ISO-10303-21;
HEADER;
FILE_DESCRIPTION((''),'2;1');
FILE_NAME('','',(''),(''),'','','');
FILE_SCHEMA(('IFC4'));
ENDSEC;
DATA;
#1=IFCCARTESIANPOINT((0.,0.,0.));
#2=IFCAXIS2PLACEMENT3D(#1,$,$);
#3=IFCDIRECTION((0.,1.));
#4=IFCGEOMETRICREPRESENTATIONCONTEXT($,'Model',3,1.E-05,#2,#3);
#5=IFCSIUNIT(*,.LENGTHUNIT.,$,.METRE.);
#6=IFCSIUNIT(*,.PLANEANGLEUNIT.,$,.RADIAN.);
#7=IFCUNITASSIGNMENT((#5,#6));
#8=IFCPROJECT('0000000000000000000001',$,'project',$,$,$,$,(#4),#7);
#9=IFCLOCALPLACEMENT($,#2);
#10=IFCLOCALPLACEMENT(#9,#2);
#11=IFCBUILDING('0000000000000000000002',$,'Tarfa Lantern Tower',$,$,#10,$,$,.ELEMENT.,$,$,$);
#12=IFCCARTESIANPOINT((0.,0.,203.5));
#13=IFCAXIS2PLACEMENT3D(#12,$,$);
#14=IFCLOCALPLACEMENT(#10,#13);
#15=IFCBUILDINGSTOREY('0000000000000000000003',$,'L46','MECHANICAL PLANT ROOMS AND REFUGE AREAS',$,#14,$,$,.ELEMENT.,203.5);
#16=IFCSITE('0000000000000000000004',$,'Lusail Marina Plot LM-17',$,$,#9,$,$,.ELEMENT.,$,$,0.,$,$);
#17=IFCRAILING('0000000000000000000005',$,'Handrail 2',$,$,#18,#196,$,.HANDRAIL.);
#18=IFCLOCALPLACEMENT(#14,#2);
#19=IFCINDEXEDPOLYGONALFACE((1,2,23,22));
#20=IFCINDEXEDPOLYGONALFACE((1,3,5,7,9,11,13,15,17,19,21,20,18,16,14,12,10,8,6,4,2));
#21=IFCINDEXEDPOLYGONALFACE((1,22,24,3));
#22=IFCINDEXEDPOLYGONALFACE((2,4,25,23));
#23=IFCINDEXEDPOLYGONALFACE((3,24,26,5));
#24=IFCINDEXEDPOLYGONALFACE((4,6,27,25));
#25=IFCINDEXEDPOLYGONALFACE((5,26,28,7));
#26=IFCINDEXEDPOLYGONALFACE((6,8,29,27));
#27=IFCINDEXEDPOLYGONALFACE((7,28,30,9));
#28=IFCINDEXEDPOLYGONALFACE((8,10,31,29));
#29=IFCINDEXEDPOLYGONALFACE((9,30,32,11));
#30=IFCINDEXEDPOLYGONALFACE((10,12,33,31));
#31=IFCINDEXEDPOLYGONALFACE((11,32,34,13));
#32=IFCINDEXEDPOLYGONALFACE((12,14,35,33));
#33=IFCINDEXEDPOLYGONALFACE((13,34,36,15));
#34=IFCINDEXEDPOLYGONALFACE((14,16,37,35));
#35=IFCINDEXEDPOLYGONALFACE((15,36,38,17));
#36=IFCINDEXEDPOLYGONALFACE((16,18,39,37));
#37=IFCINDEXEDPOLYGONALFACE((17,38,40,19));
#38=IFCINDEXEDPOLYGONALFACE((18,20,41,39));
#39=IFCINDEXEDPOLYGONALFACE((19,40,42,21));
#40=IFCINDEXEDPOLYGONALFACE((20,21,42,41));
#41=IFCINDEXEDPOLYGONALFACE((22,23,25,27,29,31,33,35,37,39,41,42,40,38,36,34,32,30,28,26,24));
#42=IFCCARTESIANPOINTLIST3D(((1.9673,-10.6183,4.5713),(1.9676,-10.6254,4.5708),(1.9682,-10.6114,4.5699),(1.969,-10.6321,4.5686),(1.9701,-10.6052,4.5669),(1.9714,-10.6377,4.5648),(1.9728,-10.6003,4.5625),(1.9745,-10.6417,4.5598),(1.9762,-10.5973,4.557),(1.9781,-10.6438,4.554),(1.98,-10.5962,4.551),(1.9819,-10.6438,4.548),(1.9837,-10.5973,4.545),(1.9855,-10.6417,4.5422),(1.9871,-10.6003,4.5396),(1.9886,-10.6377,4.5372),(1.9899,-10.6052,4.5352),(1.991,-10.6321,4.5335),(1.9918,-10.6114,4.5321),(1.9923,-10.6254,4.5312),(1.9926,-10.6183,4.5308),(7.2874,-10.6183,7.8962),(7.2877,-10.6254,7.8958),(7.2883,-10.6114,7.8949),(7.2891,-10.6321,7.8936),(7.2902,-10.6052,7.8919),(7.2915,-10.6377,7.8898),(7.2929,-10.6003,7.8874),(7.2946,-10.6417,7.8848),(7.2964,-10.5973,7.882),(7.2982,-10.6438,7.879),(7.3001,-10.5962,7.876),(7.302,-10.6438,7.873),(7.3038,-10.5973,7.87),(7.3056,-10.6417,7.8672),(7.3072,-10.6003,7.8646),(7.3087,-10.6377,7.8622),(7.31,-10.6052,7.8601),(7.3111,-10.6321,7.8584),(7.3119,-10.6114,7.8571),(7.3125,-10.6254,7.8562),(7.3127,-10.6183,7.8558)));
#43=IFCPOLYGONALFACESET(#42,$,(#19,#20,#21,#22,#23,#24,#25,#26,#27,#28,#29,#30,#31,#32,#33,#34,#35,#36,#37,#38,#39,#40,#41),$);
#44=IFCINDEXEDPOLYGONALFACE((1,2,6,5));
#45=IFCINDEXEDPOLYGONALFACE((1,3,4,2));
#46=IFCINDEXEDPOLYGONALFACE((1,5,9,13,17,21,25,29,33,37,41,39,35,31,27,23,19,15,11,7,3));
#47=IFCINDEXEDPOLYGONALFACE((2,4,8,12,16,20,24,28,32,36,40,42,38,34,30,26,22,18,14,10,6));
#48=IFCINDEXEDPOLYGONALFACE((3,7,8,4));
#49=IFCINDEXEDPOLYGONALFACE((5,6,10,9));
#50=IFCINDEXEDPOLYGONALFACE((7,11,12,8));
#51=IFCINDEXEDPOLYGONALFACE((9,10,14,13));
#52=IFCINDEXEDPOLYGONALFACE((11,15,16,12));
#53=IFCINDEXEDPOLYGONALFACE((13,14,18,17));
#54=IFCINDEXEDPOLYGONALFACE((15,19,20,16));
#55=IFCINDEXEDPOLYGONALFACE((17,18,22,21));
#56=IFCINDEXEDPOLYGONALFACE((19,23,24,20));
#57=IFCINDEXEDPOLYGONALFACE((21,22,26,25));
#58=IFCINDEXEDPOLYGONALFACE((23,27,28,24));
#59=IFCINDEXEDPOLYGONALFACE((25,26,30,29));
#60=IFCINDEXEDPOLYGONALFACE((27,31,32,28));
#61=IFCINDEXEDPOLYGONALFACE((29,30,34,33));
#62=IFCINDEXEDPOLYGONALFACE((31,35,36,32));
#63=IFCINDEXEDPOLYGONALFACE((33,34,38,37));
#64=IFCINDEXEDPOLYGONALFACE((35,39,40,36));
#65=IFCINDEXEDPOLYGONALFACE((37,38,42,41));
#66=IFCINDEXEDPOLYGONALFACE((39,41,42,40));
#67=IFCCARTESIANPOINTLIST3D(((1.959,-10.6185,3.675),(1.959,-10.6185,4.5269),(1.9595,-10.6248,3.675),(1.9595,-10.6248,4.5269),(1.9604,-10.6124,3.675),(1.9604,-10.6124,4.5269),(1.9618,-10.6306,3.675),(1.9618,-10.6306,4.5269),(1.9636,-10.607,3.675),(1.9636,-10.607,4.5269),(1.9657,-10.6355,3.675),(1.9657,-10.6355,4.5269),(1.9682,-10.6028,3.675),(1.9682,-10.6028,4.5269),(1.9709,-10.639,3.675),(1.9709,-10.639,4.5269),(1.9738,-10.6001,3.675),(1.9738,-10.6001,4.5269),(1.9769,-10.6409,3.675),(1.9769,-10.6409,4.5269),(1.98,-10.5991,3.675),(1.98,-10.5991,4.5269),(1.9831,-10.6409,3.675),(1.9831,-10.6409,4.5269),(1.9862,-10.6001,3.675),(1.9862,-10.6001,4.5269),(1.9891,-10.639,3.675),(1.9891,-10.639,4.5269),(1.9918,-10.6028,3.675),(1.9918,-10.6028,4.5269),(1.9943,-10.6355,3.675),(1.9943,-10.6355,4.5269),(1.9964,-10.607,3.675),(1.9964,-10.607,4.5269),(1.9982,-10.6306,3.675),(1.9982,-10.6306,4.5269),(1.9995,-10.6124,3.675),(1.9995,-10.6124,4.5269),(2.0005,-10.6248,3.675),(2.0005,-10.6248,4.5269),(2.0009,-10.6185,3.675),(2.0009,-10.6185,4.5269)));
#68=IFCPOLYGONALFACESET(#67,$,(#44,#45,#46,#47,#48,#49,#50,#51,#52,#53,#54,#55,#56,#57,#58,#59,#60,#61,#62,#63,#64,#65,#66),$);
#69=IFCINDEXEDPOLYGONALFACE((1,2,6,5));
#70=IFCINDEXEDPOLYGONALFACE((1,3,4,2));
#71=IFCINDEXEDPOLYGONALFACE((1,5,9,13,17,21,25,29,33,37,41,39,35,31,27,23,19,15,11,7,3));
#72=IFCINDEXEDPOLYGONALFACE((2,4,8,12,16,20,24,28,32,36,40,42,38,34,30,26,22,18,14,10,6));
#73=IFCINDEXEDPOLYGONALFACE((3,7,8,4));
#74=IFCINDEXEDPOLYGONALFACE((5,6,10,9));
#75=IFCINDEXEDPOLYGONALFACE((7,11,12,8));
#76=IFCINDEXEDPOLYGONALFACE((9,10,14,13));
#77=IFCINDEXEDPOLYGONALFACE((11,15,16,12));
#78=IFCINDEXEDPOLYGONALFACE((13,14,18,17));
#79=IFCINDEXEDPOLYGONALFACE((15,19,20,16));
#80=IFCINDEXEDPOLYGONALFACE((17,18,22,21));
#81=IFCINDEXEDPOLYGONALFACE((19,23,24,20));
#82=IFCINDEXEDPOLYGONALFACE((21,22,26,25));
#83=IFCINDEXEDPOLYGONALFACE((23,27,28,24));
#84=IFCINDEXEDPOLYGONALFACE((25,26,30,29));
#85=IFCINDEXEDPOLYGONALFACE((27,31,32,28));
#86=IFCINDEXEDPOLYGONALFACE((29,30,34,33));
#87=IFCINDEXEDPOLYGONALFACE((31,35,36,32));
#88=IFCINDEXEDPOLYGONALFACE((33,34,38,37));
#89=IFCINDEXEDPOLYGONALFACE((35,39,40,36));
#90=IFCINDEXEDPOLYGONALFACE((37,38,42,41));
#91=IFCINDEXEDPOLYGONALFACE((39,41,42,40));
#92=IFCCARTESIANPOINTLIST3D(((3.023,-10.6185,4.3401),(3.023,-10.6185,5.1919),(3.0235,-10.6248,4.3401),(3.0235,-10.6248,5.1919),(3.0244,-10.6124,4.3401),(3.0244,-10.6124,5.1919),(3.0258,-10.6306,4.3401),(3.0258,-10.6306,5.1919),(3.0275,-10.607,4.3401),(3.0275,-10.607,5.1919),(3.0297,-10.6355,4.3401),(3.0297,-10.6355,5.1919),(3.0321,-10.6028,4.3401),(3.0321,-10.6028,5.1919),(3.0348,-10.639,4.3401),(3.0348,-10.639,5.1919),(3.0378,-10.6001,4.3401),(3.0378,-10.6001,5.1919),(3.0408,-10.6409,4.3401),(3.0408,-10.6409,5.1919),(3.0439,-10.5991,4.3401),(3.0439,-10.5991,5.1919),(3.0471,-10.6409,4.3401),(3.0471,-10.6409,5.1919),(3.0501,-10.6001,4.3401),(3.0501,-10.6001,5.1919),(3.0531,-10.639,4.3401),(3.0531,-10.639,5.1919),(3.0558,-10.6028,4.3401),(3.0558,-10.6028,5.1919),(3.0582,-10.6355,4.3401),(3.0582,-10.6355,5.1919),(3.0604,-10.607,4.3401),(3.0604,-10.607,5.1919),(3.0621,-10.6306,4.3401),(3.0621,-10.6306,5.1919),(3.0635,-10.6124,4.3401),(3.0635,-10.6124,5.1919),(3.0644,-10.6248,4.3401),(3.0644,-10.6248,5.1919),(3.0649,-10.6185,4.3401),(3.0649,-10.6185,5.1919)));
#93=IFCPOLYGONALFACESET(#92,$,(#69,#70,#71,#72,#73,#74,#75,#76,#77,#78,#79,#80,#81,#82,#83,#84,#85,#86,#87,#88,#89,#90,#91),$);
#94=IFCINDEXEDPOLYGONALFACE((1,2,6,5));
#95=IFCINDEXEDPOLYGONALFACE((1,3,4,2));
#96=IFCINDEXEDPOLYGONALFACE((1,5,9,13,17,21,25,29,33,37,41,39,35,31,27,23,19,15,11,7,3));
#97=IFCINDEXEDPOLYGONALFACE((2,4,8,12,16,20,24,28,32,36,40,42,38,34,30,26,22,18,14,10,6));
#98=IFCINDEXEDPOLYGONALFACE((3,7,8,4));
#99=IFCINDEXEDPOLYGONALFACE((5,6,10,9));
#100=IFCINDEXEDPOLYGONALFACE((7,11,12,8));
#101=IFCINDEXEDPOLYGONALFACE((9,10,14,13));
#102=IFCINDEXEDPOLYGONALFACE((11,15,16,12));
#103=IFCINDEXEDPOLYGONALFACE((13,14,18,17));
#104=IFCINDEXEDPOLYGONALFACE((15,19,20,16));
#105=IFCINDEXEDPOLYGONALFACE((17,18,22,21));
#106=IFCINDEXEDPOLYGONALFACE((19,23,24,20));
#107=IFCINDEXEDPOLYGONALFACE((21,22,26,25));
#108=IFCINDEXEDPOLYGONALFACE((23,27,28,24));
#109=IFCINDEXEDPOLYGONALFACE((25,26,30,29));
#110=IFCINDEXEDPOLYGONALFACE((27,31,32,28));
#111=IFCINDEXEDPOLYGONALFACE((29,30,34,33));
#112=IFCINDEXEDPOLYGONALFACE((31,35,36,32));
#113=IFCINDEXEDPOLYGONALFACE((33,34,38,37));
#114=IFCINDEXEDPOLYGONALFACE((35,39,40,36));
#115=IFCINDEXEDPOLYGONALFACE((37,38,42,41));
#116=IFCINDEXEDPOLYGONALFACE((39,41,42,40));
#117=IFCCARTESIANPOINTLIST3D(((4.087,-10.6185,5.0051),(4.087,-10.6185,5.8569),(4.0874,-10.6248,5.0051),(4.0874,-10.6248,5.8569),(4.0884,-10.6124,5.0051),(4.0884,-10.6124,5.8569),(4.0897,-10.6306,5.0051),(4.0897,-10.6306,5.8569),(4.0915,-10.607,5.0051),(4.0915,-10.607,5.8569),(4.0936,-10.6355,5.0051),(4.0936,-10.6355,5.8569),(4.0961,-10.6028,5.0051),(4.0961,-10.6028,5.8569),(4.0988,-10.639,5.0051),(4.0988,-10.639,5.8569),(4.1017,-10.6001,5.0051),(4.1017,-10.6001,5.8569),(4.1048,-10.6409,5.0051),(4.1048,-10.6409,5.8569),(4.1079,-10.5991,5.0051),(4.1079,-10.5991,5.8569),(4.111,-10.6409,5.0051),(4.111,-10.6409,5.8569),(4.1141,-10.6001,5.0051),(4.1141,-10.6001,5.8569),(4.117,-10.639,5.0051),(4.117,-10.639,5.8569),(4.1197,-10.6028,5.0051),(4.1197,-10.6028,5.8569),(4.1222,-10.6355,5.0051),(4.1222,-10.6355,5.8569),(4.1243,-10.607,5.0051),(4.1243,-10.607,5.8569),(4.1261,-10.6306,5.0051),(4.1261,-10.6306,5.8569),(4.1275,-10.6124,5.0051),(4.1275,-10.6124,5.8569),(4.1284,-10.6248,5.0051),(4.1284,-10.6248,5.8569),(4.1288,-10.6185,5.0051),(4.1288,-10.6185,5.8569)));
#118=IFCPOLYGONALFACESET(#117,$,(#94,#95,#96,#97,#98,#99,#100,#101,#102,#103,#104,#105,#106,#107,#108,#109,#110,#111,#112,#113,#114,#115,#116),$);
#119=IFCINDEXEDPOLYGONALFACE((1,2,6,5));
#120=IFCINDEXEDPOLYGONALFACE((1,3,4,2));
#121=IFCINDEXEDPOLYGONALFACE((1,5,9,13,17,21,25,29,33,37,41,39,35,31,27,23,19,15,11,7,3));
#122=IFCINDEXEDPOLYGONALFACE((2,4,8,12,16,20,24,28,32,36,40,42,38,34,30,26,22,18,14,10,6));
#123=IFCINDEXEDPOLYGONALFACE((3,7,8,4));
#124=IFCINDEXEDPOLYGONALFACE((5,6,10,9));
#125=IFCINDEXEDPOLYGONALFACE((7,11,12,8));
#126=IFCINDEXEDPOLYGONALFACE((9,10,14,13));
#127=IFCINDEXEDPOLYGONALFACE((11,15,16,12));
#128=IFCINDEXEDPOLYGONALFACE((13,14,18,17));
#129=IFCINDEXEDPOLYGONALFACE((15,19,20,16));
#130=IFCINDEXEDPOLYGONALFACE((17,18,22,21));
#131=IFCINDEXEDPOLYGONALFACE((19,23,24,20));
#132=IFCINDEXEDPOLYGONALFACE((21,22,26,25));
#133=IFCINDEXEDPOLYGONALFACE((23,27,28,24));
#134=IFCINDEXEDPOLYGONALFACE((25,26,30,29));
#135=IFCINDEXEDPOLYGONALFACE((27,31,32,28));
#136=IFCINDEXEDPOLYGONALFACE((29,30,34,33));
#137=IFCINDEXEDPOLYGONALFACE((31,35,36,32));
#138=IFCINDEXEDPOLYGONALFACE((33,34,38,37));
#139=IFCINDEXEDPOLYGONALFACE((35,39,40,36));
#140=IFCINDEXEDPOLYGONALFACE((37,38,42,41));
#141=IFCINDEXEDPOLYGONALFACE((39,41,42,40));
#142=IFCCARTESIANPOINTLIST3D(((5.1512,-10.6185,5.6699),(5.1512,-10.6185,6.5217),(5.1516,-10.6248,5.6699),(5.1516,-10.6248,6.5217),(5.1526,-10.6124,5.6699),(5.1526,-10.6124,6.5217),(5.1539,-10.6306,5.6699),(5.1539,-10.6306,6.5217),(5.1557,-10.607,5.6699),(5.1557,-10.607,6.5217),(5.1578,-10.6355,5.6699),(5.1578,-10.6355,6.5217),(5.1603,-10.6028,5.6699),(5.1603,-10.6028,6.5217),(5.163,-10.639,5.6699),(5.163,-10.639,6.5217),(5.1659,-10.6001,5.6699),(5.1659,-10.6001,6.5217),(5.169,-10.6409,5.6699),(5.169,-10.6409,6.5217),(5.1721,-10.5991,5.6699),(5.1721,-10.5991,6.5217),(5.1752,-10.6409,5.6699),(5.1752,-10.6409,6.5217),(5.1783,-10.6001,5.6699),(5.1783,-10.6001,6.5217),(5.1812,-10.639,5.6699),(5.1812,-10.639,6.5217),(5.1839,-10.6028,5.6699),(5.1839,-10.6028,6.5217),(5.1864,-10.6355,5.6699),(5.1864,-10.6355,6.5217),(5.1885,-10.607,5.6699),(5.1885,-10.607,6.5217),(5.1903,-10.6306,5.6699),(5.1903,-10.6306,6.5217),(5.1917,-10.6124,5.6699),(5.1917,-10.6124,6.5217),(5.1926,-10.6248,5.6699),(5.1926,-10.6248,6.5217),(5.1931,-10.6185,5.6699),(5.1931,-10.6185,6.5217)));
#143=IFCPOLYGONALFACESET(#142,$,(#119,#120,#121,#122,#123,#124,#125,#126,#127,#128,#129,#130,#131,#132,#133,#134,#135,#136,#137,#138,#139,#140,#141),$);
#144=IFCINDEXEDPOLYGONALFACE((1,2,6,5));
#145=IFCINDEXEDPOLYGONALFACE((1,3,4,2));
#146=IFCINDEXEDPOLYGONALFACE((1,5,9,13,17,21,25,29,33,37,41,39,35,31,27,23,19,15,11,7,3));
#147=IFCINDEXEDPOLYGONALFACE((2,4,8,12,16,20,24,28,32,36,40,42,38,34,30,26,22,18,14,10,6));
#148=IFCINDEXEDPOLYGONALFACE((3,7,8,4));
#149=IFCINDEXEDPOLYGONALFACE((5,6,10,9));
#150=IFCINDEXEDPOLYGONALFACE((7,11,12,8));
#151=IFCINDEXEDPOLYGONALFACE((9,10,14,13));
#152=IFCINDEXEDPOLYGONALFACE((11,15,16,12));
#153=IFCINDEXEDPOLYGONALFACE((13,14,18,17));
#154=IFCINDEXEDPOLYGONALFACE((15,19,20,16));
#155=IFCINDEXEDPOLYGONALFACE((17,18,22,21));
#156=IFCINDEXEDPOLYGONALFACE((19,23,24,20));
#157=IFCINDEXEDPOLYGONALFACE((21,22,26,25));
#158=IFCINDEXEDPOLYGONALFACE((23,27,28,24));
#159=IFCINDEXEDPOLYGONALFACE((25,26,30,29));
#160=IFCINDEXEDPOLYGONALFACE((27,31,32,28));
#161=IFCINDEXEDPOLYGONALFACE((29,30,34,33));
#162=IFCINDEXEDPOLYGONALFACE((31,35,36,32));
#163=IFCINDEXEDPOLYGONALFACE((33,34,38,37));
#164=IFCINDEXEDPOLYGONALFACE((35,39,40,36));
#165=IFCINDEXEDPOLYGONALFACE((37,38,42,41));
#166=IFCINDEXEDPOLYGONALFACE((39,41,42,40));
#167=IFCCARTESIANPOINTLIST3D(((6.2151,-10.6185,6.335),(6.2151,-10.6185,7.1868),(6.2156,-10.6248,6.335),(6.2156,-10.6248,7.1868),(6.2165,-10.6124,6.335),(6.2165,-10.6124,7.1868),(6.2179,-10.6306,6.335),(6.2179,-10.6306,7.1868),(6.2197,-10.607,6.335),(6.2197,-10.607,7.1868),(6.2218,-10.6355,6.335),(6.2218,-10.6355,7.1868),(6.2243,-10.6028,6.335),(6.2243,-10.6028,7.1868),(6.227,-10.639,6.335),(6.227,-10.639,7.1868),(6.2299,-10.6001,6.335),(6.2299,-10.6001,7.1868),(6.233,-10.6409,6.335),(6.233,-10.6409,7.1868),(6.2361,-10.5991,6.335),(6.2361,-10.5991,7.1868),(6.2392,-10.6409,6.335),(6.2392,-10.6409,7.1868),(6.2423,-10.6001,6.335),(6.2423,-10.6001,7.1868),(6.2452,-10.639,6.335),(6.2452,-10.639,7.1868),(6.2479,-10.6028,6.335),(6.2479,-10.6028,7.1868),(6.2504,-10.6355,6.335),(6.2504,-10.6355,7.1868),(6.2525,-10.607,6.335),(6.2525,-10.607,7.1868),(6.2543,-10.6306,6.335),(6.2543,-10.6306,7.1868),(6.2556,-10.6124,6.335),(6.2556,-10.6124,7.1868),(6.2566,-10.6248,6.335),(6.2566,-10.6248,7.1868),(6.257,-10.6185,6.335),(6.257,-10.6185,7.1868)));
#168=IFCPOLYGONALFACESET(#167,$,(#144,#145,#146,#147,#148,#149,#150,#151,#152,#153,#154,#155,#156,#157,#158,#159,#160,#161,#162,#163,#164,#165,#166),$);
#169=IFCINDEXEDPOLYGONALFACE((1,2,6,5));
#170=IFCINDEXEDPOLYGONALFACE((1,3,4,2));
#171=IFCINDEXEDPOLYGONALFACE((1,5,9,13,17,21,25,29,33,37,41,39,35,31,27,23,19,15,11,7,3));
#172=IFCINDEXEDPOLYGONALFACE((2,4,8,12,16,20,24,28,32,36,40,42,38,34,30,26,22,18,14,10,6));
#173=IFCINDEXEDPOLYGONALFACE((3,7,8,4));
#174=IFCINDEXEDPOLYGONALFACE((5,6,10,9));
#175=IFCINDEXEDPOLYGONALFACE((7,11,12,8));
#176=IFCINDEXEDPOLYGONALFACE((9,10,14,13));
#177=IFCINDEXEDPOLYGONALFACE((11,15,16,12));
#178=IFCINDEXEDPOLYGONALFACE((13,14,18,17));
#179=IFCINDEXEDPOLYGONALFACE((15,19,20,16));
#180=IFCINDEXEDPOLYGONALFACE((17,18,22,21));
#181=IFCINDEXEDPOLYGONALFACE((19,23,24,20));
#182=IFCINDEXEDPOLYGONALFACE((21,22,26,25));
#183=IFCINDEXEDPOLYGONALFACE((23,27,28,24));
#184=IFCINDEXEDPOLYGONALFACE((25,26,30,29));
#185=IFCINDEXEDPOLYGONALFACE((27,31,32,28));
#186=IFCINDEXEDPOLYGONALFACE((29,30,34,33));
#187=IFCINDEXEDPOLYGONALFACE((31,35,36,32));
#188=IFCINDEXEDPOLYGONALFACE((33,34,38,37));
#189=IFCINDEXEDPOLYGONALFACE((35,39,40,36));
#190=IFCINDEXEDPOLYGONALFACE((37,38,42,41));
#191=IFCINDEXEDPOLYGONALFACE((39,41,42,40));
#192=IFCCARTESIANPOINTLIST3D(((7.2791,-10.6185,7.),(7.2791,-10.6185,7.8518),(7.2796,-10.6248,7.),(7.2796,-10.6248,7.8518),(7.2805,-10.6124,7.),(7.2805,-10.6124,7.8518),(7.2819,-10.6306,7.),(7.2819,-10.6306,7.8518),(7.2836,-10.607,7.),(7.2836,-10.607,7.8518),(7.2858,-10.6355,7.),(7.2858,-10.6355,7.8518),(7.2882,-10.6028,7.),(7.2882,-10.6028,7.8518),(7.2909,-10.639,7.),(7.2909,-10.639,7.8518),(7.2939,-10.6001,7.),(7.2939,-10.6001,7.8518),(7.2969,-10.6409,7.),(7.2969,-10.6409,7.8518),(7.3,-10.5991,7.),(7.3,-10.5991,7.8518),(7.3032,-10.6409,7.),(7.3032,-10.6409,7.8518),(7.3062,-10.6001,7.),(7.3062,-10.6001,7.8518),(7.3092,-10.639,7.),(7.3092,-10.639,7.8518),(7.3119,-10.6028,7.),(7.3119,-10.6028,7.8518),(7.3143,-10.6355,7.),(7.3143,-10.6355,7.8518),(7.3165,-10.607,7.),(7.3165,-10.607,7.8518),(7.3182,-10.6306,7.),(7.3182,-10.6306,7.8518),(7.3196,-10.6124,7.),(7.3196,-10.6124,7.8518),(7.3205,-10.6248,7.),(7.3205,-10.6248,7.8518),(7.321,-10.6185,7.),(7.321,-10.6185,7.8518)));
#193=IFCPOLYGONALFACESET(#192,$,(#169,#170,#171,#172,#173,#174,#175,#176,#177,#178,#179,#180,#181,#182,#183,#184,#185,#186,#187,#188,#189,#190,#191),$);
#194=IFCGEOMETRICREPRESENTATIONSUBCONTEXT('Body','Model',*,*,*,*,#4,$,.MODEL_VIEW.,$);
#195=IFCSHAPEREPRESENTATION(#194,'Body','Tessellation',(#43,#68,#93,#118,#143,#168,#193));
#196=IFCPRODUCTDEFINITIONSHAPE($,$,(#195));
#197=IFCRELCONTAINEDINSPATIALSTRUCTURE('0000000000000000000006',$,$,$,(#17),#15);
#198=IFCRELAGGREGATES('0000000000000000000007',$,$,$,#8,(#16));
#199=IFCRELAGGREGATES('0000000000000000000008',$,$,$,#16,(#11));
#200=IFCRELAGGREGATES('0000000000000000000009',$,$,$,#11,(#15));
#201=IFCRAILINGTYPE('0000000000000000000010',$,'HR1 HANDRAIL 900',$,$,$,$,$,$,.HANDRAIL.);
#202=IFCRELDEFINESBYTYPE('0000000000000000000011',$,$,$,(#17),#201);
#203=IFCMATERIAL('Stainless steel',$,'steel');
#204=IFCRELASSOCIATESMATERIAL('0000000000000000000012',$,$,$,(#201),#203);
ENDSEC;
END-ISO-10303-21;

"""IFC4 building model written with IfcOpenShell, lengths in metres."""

from ifc_helpers import new_model, si_unit, direction, frame, origin, origin_2d, place, context, subcontext, project, spatial, circle, extrude, material, type_object, element, save


model = new_model("IFC4")

# Units and contexts
model_context = context("Model", 3, precision=1e-05, world=origin(), true_north=direction((0.0, 1.0)))
body_context = subcontext(model_context, "Body", "Model", "MODEL_VIEW")
ifc_project = project(units=[si_unit("LENGTHUNIT", "METRE"), si_unit("PLANEANGLEUNIT", "RADIAN")], contexts=[model_context])

# Site, building, storey
site_placement = place(None, origin())
site = spatial("IfcSite", under=ifc_project, at=site_placement, Name="Lusail Marina Plot LM-17", CompositionType="ELEMENT", RefElevation=0.0)
building_placement = place(site_placement, origin())
building = spatial("IfcBuilding", under=site, at=building_placement, Name="Tarfa Lantern Tower", CompositionType="ELEMENT")
storey_placement = place(building_placement, frame((0.0, 0.0, 203.5)))
storey = spatial("IfcBuildingStorey", under=building, at=storey_placement, Name="L46", Description="MECHANICAL PLANT ROOMS AND REFUGE AREAS", CompositionType="ELEMENT", Elevation=203.5)

# Railing
ifc_material_1 = material(Name="Stainless steel", Category="steel")
railing_type = type_object("IfcRailingType", Name="HR1 HANDRAIL 900", PredefinedType="HANDRAIL", material=ifc_material_1)
railing_placement = place(storey_placement, frame((1.98, -10.6201, 3.675)))
element("IfcRailing", 1, at=railing_placement, inside=storey, type_object=railing_type, Name="Handrail 2", PredefinedType="HANDRAIL", context=body_context, shape_type="SweptSolid", body=[
    extrude(circle(Radius=0.0239, at=origin_2d()), frame((0.0, 0.0, 0.876), z_axis=(0.848005, 0.0, 0.529988), x_axis=(0.0, 1.0, 0.0)), (0.0, 0.0, 1.0), 6.2737),
    extrude(circle(Radius=0.021, at=origin_2d()), frame((0.0, 0.0, 0.0), z_axis=(0.0, 0.0, 1.0), x_axis=(0.0, 1.0, 0.0)), (0.0, 0.0, 1.0), 0.8518),
    extrude(circle(Radius=0.021, at=origin_2d()), frame((1.064, 0.0, 0.665), z_axis=(0.0, 0.0, 1.0), x_axis=(0.0, 1.0, 0.0)), (0.0, 0.0, 1.0), 0.8518),
    extrude(circle(Radius=0.021, at=origin_2d()), frame((2.1279, 0.0, 1.3301), z_axis=(0.0, 0.0, 1.0), x_axis=(0.0, 1.0, 0.0)), (0.0, 0.0, 1.0), 0.8518),
    extrude(circle(Radius=0.021, at=origin_2d()), frame((3.1921, 0.0, 1.9949), z_axis=(0.0, 0.0, 1.0), x_axis=(0.0, 1.0, 0.0)), (0.0, 0.0, 1.0), 0.8518),
    extrude(circle(Radius=0.021, at=origin_2d()), frame((4.2561, 0.0, 2.6599), z_axis=(0.0, 0.0, 1.0), x_axis=(0.0, 1.0, 0.0)), (0.0, 0.0, 1.0), 0.8518),
    extrude(circle(Radius=0.021, at=origin_2d()), frame((5.3201, 0.0, 3.325), z_axis=(0.0, 0.0, 1.0), x_axis=(0.0, 1.0, 0.0)), (0.0, 0.0, 1.0), 0.8518),
])

save(model, "model.ifc")
